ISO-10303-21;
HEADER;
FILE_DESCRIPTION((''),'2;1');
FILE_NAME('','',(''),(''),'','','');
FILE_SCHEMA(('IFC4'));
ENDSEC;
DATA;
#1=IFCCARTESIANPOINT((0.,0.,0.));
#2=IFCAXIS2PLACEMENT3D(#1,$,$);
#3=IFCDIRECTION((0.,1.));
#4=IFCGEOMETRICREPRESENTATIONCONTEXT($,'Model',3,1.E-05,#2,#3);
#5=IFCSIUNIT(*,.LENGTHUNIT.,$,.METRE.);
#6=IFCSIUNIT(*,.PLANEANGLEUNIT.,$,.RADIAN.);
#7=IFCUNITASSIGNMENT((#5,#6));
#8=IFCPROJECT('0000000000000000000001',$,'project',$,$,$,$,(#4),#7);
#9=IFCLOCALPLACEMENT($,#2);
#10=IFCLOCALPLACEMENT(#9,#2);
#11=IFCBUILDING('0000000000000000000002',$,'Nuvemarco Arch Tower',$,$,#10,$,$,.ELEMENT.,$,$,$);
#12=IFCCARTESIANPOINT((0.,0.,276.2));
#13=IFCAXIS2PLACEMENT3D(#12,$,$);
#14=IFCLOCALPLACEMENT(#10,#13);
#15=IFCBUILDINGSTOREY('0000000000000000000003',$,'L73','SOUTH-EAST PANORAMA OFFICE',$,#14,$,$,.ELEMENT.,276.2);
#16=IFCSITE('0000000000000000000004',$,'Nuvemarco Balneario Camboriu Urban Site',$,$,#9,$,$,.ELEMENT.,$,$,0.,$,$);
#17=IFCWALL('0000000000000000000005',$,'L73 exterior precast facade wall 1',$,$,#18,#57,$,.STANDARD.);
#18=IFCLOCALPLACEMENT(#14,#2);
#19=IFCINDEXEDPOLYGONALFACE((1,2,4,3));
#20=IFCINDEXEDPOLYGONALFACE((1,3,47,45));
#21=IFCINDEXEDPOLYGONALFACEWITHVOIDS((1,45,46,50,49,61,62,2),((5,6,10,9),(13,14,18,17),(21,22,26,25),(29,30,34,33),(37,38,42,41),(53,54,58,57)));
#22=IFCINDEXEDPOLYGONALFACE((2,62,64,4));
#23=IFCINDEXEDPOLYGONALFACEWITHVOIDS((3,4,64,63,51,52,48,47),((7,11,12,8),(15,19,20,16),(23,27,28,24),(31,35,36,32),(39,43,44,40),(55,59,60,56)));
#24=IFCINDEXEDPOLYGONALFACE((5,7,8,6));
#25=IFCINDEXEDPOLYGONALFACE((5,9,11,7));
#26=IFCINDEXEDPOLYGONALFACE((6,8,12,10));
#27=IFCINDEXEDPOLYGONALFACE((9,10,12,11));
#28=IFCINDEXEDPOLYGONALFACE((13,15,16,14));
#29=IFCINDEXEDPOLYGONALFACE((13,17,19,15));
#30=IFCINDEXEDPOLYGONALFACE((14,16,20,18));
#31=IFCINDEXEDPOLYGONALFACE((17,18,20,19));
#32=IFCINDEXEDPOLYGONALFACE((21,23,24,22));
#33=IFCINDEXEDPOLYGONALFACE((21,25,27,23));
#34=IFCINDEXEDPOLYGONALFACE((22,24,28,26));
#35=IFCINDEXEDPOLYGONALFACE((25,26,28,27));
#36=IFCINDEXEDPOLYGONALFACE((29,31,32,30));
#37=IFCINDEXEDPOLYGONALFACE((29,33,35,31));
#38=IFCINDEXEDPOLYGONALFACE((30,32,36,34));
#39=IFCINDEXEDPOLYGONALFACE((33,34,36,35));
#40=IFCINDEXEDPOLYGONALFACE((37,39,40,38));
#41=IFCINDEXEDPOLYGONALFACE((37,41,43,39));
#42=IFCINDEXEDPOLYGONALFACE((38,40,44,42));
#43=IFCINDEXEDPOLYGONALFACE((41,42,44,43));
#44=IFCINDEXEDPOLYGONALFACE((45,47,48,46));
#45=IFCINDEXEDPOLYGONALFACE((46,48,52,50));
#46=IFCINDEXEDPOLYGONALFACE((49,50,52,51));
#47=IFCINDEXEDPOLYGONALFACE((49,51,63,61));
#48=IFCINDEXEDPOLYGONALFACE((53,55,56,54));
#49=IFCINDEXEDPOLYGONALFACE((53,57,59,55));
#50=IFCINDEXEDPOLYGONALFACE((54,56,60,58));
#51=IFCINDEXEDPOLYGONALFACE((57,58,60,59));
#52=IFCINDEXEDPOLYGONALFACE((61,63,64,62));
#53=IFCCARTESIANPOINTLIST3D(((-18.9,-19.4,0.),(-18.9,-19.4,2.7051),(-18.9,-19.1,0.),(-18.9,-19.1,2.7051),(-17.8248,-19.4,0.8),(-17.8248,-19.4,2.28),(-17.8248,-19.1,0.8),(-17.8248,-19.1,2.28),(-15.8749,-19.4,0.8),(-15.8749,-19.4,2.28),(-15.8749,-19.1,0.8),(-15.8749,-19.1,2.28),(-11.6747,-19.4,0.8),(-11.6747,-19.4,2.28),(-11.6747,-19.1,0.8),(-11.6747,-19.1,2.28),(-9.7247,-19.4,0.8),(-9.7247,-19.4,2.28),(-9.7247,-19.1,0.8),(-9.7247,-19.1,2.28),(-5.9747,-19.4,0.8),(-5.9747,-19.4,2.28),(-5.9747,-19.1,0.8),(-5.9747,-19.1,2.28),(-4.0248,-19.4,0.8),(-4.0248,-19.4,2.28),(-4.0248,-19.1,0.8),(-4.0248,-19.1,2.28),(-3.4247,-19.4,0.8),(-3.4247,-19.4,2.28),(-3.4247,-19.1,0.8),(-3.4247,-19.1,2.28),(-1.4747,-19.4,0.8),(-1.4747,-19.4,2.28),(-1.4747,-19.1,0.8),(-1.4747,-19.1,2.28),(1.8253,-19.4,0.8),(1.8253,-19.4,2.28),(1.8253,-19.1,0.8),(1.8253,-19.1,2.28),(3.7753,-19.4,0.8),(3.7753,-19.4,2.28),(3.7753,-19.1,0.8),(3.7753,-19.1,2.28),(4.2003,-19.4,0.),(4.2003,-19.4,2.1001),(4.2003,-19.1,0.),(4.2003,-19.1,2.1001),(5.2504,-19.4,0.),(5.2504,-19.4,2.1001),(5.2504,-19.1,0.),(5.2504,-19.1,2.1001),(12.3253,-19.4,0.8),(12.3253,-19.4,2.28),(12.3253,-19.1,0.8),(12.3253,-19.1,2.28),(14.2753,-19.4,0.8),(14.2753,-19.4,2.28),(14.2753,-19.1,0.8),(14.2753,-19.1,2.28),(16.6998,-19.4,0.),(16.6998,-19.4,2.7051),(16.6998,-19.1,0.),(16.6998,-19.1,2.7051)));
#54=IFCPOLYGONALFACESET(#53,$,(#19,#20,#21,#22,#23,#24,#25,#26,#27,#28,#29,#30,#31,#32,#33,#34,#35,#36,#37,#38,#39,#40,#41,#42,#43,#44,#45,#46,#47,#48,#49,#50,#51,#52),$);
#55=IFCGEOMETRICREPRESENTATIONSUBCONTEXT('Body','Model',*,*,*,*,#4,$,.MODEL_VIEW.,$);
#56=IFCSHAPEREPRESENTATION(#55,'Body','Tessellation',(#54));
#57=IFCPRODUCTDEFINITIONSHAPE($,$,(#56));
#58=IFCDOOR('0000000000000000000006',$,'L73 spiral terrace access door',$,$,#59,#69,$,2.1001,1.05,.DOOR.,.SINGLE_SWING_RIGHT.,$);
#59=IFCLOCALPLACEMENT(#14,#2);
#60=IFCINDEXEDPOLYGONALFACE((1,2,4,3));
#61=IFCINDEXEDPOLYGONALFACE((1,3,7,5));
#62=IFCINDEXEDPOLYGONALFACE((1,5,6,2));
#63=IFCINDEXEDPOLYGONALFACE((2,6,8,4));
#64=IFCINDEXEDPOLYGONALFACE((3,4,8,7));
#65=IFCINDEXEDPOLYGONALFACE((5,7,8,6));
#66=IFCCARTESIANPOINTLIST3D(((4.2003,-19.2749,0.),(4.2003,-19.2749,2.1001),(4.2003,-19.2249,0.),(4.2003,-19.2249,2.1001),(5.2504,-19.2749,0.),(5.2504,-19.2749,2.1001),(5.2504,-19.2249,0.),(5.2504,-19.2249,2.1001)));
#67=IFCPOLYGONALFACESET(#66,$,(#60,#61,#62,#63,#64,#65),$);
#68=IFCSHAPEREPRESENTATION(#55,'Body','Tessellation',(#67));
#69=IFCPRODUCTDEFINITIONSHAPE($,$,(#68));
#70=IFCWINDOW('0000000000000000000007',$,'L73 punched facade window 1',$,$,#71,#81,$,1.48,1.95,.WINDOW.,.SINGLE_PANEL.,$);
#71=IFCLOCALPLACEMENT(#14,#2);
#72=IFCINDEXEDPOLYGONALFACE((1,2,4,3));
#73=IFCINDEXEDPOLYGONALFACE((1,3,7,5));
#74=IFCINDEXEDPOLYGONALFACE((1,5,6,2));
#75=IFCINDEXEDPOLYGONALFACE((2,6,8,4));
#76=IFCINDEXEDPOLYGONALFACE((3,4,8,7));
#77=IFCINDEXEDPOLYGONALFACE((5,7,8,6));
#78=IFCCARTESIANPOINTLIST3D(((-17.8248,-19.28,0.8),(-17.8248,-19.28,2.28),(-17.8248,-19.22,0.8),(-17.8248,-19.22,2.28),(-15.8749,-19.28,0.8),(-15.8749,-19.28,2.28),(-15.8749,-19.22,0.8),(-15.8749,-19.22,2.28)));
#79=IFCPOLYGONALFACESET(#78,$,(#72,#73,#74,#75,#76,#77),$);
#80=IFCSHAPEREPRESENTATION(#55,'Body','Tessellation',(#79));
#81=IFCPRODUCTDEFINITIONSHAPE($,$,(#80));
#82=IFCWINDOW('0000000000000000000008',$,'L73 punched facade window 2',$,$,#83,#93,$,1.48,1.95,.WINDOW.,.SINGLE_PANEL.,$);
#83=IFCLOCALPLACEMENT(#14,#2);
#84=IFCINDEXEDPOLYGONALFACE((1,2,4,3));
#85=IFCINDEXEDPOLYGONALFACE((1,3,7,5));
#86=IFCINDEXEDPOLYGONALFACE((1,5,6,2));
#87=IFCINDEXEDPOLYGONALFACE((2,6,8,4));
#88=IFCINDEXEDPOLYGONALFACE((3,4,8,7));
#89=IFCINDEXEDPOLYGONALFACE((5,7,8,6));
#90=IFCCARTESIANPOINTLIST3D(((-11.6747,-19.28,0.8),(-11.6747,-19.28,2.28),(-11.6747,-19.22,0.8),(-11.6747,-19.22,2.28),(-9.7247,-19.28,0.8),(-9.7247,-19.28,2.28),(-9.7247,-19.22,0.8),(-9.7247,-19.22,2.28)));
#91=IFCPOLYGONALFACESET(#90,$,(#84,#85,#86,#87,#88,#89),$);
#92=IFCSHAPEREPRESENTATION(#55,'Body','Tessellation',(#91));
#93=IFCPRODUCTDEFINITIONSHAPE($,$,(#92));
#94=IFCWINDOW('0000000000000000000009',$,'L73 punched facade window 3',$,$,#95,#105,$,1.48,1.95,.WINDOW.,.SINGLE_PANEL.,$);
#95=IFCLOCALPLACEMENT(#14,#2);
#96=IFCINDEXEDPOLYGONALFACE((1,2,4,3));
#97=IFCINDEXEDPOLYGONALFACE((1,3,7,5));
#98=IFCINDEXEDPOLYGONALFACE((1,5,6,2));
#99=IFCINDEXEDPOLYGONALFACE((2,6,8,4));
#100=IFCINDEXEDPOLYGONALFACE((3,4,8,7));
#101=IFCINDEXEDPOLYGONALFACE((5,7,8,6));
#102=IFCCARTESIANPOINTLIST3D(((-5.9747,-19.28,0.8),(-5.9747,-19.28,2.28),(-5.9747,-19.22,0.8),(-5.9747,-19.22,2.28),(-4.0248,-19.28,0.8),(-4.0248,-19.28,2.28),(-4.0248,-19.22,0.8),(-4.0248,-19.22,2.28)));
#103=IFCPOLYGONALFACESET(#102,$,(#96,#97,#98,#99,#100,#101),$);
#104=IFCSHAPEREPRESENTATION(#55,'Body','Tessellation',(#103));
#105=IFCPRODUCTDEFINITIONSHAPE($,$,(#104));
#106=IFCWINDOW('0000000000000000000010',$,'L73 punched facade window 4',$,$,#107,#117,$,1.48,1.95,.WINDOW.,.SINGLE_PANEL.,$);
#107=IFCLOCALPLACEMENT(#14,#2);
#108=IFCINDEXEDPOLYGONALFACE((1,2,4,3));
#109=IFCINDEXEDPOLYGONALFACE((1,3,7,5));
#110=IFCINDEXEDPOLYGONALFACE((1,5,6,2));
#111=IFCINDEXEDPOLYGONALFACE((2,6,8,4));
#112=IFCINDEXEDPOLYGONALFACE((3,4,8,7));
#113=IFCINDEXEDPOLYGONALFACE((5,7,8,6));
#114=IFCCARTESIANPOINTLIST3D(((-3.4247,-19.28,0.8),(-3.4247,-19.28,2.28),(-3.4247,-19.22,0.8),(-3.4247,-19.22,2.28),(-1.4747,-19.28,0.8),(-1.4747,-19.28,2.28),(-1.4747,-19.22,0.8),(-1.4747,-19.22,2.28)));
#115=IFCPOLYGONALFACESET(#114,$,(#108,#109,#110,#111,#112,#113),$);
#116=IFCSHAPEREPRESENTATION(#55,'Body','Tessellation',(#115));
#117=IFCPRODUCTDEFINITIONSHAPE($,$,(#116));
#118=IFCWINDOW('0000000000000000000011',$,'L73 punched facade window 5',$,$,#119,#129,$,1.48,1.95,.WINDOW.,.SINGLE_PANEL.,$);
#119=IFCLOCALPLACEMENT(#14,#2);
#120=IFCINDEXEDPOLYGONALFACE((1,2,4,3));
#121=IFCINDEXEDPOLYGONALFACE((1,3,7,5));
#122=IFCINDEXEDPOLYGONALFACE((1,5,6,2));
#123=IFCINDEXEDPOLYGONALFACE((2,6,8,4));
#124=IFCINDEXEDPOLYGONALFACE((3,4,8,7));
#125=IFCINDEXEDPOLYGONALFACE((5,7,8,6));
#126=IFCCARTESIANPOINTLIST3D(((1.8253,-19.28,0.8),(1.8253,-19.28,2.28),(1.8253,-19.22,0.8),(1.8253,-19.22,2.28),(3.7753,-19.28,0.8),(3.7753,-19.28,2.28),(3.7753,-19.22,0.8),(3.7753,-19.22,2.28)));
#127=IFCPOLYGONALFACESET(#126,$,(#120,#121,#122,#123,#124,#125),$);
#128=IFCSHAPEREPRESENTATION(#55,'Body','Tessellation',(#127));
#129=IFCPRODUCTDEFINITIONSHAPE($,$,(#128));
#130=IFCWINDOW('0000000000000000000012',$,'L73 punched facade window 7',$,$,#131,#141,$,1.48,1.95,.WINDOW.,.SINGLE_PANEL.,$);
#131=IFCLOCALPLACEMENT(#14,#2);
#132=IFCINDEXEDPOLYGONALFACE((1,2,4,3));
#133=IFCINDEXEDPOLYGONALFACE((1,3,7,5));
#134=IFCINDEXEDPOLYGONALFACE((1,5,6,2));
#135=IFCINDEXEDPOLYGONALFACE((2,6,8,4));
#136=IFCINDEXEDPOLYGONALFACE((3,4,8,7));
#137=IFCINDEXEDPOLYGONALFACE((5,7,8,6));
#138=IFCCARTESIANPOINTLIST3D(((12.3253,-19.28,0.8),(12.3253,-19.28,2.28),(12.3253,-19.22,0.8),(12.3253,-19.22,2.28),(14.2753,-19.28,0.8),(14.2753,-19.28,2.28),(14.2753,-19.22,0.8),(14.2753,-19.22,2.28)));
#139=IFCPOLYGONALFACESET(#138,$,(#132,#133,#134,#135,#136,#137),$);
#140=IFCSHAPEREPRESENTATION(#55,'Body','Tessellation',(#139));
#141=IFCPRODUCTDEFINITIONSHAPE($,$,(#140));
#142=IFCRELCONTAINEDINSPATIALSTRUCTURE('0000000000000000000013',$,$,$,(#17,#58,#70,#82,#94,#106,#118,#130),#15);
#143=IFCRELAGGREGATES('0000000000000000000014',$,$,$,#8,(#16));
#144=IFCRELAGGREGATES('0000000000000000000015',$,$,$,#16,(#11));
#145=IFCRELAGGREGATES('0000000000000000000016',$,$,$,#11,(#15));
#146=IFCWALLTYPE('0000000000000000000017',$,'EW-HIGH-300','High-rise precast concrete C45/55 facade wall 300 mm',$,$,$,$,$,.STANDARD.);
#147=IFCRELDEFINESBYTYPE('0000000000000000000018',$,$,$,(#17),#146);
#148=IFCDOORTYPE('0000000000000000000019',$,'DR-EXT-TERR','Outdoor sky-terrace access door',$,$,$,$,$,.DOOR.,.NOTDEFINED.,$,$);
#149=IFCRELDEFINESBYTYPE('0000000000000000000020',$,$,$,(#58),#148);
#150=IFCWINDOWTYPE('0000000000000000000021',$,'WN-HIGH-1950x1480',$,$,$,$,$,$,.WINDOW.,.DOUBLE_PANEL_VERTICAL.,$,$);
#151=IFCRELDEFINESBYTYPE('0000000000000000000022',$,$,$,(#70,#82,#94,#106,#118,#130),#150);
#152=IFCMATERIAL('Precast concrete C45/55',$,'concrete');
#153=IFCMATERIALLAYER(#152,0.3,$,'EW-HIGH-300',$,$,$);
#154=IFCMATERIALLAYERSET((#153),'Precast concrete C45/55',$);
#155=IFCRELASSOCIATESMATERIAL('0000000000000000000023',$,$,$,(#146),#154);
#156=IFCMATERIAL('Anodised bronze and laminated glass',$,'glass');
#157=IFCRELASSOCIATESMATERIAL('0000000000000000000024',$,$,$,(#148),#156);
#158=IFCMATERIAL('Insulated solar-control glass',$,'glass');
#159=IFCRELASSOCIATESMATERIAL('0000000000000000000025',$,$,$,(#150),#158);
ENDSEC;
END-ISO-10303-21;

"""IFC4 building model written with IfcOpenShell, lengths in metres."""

from ifc_helpers import new_model, si_unit, direction, frame, frame_2d, origin, place, context, subcontext, project, spatial, rectangle, extrude, source, transform, mapped, material, layer, layer_set, type_object, type_shapes, element, fill, save


model = new_model("IFC4")

# Units and contexts
model_context = context("Model", 3, precision=1e-05, world=origin(), true_north=direction((0.0, 1.0)))
body_context = subcontext(model_context, "Body", "Model", "MODEL_VIEW")
ifc_project = project(units=[si_unit("LENGTHUNIT", "METRE"), si_unit("PLANEANGLEUNIT", "RADIAN")], contexts=[model_context])

# Site, building, storey
site_placement = place(None, origin())
site = spatial("IfcSite", under=ifc_project, at=site_placement, Name="Nuvemarco Balneario Camboriu Urban Site", CompositionType="ELEMENT", RefElevation=0.0)
building_placement = place(site_placement, origin())
building = spatial("IfcBuilding", under=site, at=building_placement, Name="Nuvemarco Arch Tower", CompositionType="ELEMENT")
storey_placement = place(building_placement, frame((0.0, 0.0, 276.2)))
storey = spatial("IfcBuildingStorey", under=building, at=storey_placement, Name="L73", Description="SOUTH-EAST PANORAMA OFFICE", CompositionType="ELEMENT", Elevation=276.2)

# Shared definitions
ifc_material_1 = material(Name="Precast concrete C45/55", Category="concrete")

# Wall, openings, door, windows
ifc_layer = layer(ifc_material_1, 0.3, Name="EW-HIGH-300")
ifc_layer_set = layer_set([ifc_layer], Name="Precast concrete C45/55")
wall_type = type_object("IfcWallType", Name="EW-HIGH-300", Description="High-rise precast concrete C45/55 facade wall 300 mm", PredefinedType="STANDARD", material=ifc_layer_set)
wall_1_placement = place(storey_placement, frame((-18.8999, -19.25, 0.0), z_axis=(0.0, 0.0, 1.0), x_axis=(1.0, 0.0, 0.0)))
wall_1 = element("IfcWall", 1, at=wall_1_placement, inside=storey, type_object=wall_type, Name="L73 exterior precast facade wall 1", PredefinedType="STANDARD", context=body_context, shape_type="SweptSolid", body=[
    extrude(rectangle(XDim=35.5999, YDim=0.3, at=frame_2d((17.7998, 0.0))), origin(), (0.0, 0.0, 1.0), 2.7051),
])
opening_1_placement = place(wall_1_placement, frame((24.1501, 0.0, 0.0), z_axis=(0.0, 0.0, 1.0), x_axis=(-1.0, 0.0, 0.0)))
opening_1 = element("IfcOpeningElement", 2, at=opening_1_placement, cuts=wall_1, PredefinedType="OPENING", context=body_context, shape_type="SweptSolid", body=[
    extrude(rectangle(XDim=1.05, YDim=2.1001, at=frame_2d((0.5249, 1.05))), frame((0.0, 0.1599, 0.0), z_axis=(0.0, -1.0, 0.0), x_axis=(1.0, 0.0, 0.0)), (0.0, 0.0, 1.0), 0.3201),
])
opening_2_placement = place(wall_1_placement, frame((1.075, 0.0, 0.8)))
opening_2 = element("IfcOpeningElement", 3, at=opening_2_placement, cuts=wall_1, PredefinedType="OPENING", context=body_context, shape_type="SweptSolid", body=[
    extrude(rectangle(XDim=1.95, YDim=1.48, at=frame_2d((0.9751, 0.74))), frame((0.0, 0.1599, 0.0), z_axis=(0.0, -1.0, 0.0), x_axis=(1.0, 0.0, 0.0)), (0.0, 0.0, 1.0), 0.3201),
])
opening_3_placement = place(wall_1_placement, frame((7.2251, 0.0, 0.8)))
opening_3 = element("IfcOpeningElement", 4, at=opening_3_placement, cuts=wall_1, PredefinedType="OPENING", context=body_context, shape_type="SweptSolid", body=[
    extrude(rectangle(XDim=1.95, YDim=1.48, at=frame_2d((0.9751, 0.74))), frame((0.0, 0.1599, 0.0), z_axis=(0.0, -1.0, 0.0), x_axis=(1.0, 0.0, 0.0)), (0.0, 0.0, 1.0), 0.3201),
])
opening_4_placement = place(wall_1_placement, frame((12.925, 0.0, 0.8)))
opening_4 = element("IfcOpeningElement", 5, at=opening_4_placement, cuts=wall_1, PredefinedType="OPENING", context=body_context, shape_type="SweptSolid", body=[
    extrude(rectangle(XDim=1.95, YDim=1.48, at=frame_2d((0.9751, 0.74))), frame((0.0, 0.1599, 0.0), z_axis=(0.0, -1.0, 0.0), x_axis=(1.0, 0.0, 0.0)), (0.0, 0.0, 1.0), 0.3201),
])
opening_5_placement = place(wall_1_placement, frame((15.4751, 0.0, 0.8)))
opening_5 = element("IfcOpeningElement", 6, at=opening_5_placement, cuts=wall_1, PredefinedType="OPENING", context=body_context, shape_type="SweptSolid", body=[
    extrude(rectangle(XDim=1.95, YDim=1.48, at=frame_2d((0.9751, 0.74))), frame((0.0, 0.1599, 0.0), z_axis=(0.0, -1.0, 0.0), x_axis=(1.0, 0.0, 0.0)), (0.0, 0.0, 1.0), 0.3201),
])
opening_6_placement = place(wall_1_placement, frame((20.7251, 0.0, 0.8)))
opening_6 = element("IfcOpeningElement", 7, at=opening_6_placement, cuts=wall_1, PredefinedType="OPENING", context=body_context, shape_type="SweptSolid", body=[
    extrude(rectangle(XDim=1.95, YDim=1.48, at=frame_2d((0.9751, 0.74))), frame((0.0, 0.1599, 0.0), z_axis=(0.0, -1.0, 0.0), x_axis=(1.0, 0.0, 0.0)), (0.0, 0.0, 1.0), 0.3201),
])
opening_7_placement = place(wall_1_placement, frame((31.2251, 0.0, 0.8)))
opening_7 = element("IfcOpeningElement", 8, at=opening_7_placement, cuts=wall_1, PredefinedType="OPENING", context=body_context, shape_type="SweptSolid", body=[
    extrude(rectangle(XDim=1.95, YDim=1.48, at=frame_2d((0.9751, 0.74))), frame((0.0, 0.1599, 0.0), z_axis=(0.0, -1.0, 0.0), x_axis=(1.0, 0.0, 0.0)), (0.0, 0.0, 1.0), 0.3201),
])
ifc_material_2 = material(Name="Anodised bronze and laminated glass", Category="glass")
door_type = type_object("IfcDoorType", Name="DR-EXT-TERR", Description="Outdoor sky-terrace access door", OperationType="NOTDEFINED", PredefinedType="DOOR", material=ifc_material_2)
shared_shape_1 = source(origin(), body_context, "Body", "SweptSolid", [
    extrude(rectangle(XDim=1.05, YDim=2.1001, at=frame_2d((0.5249, 1.05))), frame((0.0, 0.0249, 0.0), z_axis=(0.0, -1.0, 0.0), x_axis=(1.0, 0.0, 0.0)), (0.0, 0.0, 1.0), 0.05),
])
type_shapes(door_type, [shared_shape_1])
door_placement = place(opening_1_placement, origin())
door = element("IfcDoor", 9, at=door_placement, inside=storey, type_object=door_type, Name="L73 spiral terrace access door", OperationType="SINGLE_SWING_RIGHT", OverallHeight=2.1001, OverallWidth=1.05, PredefinedType="DOOR", context=body_context, shape_type="MappedRepresentation", body=[
    mapped(shared_shape_1, transform((0.0, 0.0, 0.0), scale=1.0)),
])
fill(opening_1, door)
ifc_material_3 = material(Name="Insulated solar-control glass", Category="glass")
window_type_1 = type_object("IfcWindowType", Name="WN-HIGH-1950x1480", PartitioningType="DOUBLE_PANEL_VERTICAL", PredefinedType="WINDOW", material=ifc_material_3)
shared_shape_2 = source(origin(), body_context, "Body", "SweptSolid", [
    extrude(rectangle(XDim=1.95, YDim=1.48, at=frame_2d((0.9751, 0.74))), frame((0.0, 0.03, 0.0), z_axis=(0.0, -1.0, 0.0), x_axis=(1.0, 0.0, 0.0)), (0.0, 0.0, 1.0), 0.0601),
])
type_shapes(window_type_1, [shared_shape_2])
window_1_placement = place(opening_2_placement, origin())
window_1 = element("IfcWindow", 10, at=window_1_placement, inside=storey, type_object=window_type_1, Name="L73 punched facade window 1", OverallHeight=1.48, OverallWidth=1.95, PartitioningType="SINGLE_PANEL", PredefinedType="WINDOW", context=body_context, shape_type="MappedRepresentation", body=[
    mapped(shared_shape_2, transform((0.0, 0.0, 0.0), scale=1.0)),
])
fill(opening_2, window_1)
window_2_placement = place(opening_3_placement, origin())
window_2 = element("IfcWindow", 11, at=window_2_placement, inside=storey, type_object=window_type_1, Name="L73 punched facade window 2", OverallHeight=1.48, OverallWidth=1.95, PartitioningType="SINGLE_PANEL", PredefinedType="WINDOW", context=body_context, shape_type="MappedRepresentation", body=[
    mapped(shared_shape_2, transform((0.0, 0.0, 0.0), scale=1.0)),
])
fill(opening_3, window_2)
window_3_placement = place(opening_4_placement, origin())
window_3 = element("IfcWindow", 12, at=window_3_placement, inside=storey, type_object=window_type_1, Name="L73 punched facade window 3", OverallHeight=1.48, OverallWidth=1.95, PartitioningType="SINGLE_PANEL", PredefinedType="WINDOW", context=body_context, shape_type="MappedRepresentation", body=[
    mapped(shared_shape_2, transform((0.0, 0.0, 0.0), scale=1.0)),
])
fill(opening_4, window_3)
window_4_placement = place(opening_5_placement, origin())
window_4 = element("IfcWindow", 13, at=window_4_placement, inside=storey, type_object=window_type_1, Name="L73 punched facade window 4", OverallHeight=1.48, OverallWidth=1.95, PartitioningType="SINGLE_PANEL", PredefinedType="WINDOW", context=body_context, shape_type="MappedRepresentation", body=[
    mapped(shared_shape_2, transform((0.0, 0.0, 0.0), scale=1.0)),
])
fill(opening_5, window_4)
window_5_placement = place(opening_6_placement, origin())
window_5 = element("IfcWindow", 14, at=window_5_placement, inside=storey, type_object=window_type_1, Name="L73 punched facade window 5", OverallHeight=1.48, OverallWidth=1.95, PartitioningType="SINGLE_PANEL", PredefinedType="WINDOW", context=body_context, shape_type="MappedRepresentation", body=[
    mapped(shared_shape_2, transform((0.0, 0.0, 0.0), scale=1.0)),
])
fill(opening_6, window_5)
window_6_placement = place(opening_7_placement, origin())
window_6 = element("IfcWindow", 15, at=window_6_placement, inside=storey, type_object=window_type_1, Name="L73 punched facade window 7", OverallHeight=1.48, OverallWidth=1.95, PartitioningType="SINGLE_PANEL", PredefinedType="WINDOW", context=body_context, shape_type="MappedRepresentation", body=[
    mapped(shared_shape_2, transform((0.0, 0.0, 0.0), scale=1.0)),
])
fill(opening_7, window_6)

save(model, "model.ifc")
